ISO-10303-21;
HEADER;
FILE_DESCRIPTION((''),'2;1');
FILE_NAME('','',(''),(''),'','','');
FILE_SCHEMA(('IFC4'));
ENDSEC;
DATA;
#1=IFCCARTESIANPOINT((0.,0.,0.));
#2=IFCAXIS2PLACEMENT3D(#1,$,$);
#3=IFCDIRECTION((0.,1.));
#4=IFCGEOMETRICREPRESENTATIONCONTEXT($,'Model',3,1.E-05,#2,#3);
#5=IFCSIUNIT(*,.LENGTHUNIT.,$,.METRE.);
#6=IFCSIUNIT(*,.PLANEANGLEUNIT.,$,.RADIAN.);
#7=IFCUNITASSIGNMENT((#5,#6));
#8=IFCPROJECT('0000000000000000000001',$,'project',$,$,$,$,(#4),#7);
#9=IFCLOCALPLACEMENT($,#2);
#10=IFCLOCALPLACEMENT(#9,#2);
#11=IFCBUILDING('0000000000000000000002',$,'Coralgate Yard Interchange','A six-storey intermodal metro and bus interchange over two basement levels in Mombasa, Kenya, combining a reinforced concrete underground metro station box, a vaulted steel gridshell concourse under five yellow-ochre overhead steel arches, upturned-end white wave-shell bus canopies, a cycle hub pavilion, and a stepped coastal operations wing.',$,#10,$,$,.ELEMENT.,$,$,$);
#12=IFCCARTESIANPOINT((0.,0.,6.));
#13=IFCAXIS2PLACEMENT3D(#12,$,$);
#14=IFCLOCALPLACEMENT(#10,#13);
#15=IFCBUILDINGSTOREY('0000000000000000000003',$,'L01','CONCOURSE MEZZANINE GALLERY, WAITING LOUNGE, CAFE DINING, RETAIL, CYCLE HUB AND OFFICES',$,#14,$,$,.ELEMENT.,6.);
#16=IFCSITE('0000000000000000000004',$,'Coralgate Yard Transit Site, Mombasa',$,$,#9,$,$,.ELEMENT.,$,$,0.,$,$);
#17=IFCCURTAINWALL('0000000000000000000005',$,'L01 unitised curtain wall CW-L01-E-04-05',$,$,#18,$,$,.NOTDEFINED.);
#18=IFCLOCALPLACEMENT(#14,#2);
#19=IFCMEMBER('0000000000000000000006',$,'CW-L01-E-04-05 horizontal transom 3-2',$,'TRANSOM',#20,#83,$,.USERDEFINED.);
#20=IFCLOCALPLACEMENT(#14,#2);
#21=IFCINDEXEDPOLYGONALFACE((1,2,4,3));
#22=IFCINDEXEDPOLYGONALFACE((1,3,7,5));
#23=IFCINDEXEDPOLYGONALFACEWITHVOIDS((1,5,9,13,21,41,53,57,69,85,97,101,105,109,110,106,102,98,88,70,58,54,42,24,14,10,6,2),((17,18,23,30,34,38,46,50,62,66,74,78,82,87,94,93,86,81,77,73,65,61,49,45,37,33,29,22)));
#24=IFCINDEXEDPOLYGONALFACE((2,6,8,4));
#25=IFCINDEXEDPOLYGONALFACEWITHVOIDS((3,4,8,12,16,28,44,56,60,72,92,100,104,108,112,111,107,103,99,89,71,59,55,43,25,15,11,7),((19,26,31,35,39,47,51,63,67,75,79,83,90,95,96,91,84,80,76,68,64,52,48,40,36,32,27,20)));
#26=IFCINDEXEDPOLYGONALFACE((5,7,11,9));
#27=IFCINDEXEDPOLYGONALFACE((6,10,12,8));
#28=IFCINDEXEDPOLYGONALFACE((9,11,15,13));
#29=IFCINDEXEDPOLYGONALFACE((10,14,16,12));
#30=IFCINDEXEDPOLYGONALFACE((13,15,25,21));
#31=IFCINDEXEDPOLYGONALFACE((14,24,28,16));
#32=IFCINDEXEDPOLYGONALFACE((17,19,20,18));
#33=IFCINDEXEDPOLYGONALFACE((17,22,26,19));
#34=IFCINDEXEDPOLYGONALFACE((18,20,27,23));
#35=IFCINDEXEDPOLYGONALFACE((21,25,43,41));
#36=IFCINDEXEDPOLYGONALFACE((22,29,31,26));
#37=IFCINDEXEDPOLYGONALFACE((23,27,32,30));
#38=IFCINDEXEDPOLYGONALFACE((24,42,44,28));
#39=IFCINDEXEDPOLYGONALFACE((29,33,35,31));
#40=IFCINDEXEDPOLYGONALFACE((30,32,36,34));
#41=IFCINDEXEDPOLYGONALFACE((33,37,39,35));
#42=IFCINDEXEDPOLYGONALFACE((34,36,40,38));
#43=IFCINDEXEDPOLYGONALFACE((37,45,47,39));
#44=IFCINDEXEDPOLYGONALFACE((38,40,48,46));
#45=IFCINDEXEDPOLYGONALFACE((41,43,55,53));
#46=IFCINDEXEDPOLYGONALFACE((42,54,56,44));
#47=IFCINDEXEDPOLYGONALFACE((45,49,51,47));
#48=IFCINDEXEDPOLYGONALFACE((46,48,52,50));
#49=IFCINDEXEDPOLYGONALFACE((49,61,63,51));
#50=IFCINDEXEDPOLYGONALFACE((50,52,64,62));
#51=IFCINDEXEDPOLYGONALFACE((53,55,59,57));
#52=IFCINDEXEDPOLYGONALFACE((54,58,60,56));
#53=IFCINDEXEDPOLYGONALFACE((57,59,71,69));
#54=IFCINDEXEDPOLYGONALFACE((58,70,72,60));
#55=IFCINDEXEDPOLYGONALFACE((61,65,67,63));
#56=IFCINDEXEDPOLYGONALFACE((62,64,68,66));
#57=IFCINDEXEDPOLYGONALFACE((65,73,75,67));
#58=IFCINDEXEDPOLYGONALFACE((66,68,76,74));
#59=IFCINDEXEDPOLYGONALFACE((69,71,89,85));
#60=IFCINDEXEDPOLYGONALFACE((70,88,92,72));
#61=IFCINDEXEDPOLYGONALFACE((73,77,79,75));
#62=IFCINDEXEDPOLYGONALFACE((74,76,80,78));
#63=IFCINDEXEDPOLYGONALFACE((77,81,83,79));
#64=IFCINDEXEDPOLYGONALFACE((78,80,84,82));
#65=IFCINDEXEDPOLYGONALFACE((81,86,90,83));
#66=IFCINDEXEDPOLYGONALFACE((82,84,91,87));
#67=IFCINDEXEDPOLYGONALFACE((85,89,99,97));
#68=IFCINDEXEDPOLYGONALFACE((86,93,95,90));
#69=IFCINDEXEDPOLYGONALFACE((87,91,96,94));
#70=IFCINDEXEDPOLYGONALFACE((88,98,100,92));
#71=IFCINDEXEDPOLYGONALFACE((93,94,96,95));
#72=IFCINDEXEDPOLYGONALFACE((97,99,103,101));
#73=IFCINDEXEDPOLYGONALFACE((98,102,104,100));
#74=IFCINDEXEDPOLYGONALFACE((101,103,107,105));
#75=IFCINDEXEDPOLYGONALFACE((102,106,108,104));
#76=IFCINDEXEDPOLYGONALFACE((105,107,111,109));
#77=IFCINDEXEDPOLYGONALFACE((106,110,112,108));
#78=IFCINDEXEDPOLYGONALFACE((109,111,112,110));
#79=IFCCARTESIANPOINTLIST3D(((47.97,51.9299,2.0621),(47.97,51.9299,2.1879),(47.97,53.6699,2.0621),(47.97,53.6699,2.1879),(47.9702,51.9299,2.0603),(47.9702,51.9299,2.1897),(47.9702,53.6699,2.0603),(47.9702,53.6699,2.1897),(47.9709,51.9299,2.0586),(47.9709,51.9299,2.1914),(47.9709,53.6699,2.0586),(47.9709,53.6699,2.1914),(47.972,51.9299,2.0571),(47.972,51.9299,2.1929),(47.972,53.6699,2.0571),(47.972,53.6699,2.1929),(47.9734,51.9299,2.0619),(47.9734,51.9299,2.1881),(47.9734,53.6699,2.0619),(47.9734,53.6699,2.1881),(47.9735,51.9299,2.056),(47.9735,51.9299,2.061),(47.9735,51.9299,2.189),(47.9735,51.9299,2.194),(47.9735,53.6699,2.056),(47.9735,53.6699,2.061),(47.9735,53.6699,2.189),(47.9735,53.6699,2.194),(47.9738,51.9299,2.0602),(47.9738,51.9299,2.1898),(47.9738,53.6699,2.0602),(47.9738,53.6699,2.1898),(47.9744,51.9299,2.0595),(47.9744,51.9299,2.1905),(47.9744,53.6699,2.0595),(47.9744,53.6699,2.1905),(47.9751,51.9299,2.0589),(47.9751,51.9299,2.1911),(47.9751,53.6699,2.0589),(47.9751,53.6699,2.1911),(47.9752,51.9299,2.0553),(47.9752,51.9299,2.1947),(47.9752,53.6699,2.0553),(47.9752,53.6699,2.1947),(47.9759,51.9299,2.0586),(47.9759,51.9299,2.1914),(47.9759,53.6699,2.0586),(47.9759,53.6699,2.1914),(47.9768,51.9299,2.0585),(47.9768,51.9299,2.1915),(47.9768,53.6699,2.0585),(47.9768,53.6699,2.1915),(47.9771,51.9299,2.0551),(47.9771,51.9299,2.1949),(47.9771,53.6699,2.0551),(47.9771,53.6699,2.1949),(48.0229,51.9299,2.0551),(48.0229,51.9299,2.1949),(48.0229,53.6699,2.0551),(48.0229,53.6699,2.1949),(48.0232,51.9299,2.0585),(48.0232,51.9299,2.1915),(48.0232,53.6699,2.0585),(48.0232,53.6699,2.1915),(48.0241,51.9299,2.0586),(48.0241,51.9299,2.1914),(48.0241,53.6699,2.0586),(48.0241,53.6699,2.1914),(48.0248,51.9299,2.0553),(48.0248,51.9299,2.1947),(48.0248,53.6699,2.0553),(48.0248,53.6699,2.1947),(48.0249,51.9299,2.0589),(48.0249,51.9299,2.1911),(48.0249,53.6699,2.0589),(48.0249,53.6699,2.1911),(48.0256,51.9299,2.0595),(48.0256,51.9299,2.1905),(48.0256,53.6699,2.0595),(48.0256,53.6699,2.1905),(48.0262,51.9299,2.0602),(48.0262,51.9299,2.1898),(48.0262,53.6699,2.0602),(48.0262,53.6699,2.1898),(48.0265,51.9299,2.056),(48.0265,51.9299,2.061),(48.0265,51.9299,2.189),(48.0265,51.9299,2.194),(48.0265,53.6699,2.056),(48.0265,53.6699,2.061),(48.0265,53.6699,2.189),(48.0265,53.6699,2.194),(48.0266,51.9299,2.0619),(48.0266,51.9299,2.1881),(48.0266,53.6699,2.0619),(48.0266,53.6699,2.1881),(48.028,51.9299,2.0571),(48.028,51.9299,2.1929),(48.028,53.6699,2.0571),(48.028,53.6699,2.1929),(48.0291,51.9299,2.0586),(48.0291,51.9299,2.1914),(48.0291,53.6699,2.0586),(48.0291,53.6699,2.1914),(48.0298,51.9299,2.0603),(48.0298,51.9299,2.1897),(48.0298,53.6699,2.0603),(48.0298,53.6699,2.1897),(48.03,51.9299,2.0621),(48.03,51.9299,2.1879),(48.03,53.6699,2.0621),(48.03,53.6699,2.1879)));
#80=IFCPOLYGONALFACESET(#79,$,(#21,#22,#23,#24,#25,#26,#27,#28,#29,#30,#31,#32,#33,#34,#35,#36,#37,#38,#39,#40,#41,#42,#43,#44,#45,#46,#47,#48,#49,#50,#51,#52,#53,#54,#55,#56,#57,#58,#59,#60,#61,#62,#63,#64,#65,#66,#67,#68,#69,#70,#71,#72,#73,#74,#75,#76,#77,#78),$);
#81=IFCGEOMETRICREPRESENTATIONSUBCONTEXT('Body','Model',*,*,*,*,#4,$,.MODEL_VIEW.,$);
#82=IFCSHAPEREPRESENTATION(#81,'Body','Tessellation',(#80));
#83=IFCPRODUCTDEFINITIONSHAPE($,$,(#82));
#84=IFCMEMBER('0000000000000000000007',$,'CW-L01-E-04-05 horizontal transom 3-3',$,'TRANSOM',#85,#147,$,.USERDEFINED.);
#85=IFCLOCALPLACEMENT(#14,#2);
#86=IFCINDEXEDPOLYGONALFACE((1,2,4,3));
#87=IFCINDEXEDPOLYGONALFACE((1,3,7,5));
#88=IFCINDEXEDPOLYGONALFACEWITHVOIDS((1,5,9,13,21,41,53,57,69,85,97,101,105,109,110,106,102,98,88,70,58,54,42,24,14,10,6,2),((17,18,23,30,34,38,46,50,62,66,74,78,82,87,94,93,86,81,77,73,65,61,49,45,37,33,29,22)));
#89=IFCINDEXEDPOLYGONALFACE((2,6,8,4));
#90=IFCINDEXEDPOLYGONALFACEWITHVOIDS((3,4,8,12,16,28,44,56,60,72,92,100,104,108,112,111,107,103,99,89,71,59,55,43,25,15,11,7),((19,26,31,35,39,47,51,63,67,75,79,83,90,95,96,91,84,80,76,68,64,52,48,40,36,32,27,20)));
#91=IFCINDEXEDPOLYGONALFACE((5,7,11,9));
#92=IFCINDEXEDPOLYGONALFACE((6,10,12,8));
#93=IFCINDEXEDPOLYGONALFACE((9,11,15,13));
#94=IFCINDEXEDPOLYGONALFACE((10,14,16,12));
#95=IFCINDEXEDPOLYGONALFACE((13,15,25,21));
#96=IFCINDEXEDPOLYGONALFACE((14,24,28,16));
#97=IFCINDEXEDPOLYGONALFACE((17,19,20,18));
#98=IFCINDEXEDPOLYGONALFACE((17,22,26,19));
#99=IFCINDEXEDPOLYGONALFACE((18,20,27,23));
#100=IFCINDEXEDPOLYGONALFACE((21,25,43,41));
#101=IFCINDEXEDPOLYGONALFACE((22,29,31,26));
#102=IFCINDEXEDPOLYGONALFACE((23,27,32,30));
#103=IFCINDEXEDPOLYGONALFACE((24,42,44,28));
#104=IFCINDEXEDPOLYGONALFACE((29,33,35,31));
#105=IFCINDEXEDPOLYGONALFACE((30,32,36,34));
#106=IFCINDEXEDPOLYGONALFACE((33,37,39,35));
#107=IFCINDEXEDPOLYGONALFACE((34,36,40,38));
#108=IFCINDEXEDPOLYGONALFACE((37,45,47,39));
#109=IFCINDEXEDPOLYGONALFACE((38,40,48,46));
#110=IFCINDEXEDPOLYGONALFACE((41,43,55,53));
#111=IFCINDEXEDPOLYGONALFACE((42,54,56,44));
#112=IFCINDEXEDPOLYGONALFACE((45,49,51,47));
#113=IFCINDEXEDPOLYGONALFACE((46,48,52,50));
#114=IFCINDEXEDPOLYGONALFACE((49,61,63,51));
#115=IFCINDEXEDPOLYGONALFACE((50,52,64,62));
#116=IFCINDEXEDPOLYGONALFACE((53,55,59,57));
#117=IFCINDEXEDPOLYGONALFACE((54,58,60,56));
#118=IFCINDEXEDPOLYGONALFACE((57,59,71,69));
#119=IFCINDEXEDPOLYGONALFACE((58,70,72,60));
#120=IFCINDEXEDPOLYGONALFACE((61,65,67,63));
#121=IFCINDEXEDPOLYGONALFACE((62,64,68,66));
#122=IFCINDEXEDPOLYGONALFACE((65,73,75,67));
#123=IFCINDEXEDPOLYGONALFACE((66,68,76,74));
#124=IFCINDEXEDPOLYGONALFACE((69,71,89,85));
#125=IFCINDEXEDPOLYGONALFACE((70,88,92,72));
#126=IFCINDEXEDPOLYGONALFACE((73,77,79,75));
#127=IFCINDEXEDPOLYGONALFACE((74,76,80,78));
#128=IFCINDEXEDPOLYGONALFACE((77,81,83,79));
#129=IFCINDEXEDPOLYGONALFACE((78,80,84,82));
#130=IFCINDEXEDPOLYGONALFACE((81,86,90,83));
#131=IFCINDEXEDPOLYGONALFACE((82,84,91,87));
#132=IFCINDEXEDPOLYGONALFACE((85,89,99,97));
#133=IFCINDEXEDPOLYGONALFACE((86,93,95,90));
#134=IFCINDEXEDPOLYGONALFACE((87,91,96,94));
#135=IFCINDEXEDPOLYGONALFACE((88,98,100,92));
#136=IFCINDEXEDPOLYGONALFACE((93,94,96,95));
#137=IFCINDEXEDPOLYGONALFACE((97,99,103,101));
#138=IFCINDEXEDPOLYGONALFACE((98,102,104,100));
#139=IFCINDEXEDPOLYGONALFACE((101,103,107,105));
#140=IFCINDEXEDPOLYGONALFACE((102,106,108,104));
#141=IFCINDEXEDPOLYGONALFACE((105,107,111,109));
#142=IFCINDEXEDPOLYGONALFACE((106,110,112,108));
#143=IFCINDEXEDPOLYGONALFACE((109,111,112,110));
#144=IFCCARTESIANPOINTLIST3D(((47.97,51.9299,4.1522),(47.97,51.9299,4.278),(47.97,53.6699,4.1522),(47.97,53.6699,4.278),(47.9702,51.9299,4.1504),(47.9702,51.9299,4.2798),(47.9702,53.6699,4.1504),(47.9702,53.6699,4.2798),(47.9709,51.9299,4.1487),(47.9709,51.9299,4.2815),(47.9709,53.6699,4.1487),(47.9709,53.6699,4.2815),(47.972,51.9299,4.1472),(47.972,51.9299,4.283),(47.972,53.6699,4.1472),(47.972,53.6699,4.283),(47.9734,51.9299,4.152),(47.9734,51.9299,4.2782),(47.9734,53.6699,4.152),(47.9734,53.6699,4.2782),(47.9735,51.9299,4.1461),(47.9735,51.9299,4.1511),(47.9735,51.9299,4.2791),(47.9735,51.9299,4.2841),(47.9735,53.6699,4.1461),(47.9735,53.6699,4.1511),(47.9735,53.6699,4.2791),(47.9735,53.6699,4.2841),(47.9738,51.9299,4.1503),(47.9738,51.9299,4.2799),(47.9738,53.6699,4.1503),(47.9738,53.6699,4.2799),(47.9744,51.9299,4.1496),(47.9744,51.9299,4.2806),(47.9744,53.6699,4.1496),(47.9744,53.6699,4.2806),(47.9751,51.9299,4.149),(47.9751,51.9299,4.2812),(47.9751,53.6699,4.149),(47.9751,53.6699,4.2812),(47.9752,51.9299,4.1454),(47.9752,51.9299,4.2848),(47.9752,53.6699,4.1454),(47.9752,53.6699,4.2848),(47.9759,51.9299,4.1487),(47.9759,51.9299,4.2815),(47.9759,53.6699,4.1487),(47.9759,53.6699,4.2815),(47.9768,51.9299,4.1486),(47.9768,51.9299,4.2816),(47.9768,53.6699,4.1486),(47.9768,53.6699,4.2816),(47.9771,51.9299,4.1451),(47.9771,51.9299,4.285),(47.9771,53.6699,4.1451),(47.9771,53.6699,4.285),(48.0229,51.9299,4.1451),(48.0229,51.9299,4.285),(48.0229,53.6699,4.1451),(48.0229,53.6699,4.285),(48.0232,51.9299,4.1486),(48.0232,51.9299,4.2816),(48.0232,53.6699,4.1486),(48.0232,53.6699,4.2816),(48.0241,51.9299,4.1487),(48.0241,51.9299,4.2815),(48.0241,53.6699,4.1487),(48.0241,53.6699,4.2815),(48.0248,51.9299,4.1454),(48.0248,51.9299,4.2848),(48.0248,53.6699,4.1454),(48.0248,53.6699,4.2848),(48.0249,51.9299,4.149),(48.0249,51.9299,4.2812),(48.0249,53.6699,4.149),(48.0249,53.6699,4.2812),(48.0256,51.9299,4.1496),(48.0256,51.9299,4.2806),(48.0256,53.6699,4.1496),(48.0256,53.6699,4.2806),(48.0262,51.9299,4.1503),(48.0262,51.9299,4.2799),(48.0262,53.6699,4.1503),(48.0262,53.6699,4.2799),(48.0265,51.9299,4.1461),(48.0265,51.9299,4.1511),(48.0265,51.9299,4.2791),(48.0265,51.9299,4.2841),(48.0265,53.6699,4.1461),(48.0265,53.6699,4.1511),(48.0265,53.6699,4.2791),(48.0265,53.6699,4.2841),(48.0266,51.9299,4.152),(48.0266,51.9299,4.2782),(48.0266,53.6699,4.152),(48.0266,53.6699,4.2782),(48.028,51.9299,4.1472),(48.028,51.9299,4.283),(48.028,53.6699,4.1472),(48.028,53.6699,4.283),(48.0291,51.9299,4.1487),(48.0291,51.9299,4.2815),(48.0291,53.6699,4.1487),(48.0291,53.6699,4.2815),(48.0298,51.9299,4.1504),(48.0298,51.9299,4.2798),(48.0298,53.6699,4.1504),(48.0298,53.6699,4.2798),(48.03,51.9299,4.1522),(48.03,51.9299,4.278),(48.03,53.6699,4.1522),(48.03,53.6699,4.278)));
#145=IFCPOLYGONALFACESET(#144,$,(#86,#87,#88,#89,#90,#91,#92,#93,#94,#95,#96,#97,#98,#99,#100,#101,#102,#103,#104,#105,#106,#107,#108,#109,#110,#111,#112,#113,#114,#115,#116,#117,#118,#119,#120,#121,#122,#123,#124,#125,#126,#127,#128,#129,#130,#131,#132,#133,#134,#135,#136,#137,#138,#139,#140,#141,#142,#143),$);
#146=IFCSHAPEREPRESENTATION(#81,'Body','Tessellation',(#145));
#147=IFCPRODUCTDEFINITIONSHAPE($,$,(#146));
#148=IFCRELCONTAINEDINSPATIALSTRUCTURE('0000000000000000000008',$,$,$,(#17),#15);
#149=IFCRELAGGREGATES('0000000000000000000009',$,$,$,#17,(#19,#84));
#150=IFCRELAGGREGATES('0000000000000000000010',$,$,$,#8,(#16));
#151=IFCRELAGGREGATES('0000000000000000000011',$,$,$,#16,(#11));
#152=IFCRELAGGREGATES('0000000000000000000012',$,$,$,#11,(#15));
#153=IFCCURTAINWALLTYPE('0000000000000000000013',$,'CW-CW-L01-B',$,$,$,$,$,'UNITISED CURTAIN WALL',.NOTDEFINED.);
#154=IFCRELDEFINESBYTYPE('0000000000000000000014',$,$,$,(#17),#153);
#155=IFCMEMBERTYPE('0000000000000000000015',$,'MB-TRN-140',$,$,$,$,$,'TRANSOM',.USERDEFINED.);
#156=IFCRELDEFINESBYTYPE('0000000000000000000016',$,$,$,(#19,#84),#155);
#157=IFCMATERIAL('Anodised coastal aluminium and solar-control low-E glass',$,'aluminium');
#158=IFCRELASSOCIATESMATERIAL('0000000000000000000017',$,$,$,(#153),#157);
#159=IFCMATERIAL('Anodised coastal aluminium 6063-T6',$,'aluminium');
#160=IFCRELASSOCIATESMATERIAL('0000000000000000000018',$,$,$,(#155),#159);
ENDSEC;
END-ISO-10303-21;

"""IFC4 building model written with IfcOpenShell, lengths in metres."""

from ifc_helpers import new_model, si_unit, direction, frame, origin, origin_2d, place, context, subcontext, project, spatial, hollow_rectangle, extrude, material, material_profile, profile_set, type_object, element, aggregate, save


model = new_model("IFC4")

# Units and contexts
model_context = context("Model", 3, precision=1e-05, world=origin(), true_north=direction((0.0, 1.0)))
body_context = subcontext(model_context, "Body", "Model", "MODEL_VIEW")
ifc_project = project(units=[si_unit("LENGTHUNIT", "METRE"), si_unit("PLANEANGLEUNIT", "RADIAN")], contexts=[model_context])

# Site, building, storey
site_placement = place(None, origin())
site = spatial("IfcSite", under=ifc_project, at=site_placement, Name="Coralgate Yard Transit Site, Mombasa", CompositionType="ELEMENT", RefElevation=0.0)
building_placement = place(site_placement, origin())
building = spatial("IfcBuilding", under=site, at=building_placement, Name="Coralgate Yard Interchange", Description="A six-storey intermodal metro and bus interchange over two basement levels in Mombasa, Kenya, combining a reinforced concrete underground metro station box, a vaulted steel gridshell concourse under five yellow-ochre overhead steel arches, upturned-end white wave-shell bus canopies, a cycle hub pavilion, and a stepped coastal operations wing.", CompositionType="ELEMENT")
storey_placement = place(building_placement, frame((0.0, 0.0, 6.0)))
storey = spatial("IfcBuildingStorey", under=building, at=storey_placement, Name="L01", Description="CONCOURSE MEZZANINE GALLERY, WAITING LOUNGE, CAFE DINING, RETAIL, CYCLE HUB AND OFFICES", CompositionType="ELEMENT", Elevation=6.0)

# Curtain wall, members
ifc_material_1 = material(Name="Anodised coastal aluminium and solar-control low-E glass", Category="aluminium")
curtain_wall_type = type_object("IfcCurtainWallType", Name="CW-CW-L01-B", ElementType="UNITISED CURTAIN WALL", PredefinedType="NOTDEFINED", material=ifc_material_1)
curtain_wall_placement = place(storey_placement, origin())
curtain_wall = element("IfcCurtainWall", 1, at=curtain_wall_placement, inside=storey, type_object=curtain_wall_type, Name="L01 unitised curtain wall CW-L01-E-04-05", PredefinedType="NOTDEFINED")
ifc_material_2 = material(Name="Anodised coastal aluminium 6063-T6", Category="aluminium")
ifc_material_profile_1 = material_profile(ifc_material_2, hollow_rectangle(XDim=0.0601, YDim=0.1399, WallThickness=0.0034, InnerFilletRadius=0.0034, OuterFilletRadius=0.0071, at=origin_2d()), Name="ALU 60x140x3.5")
ifc_profile_set_1 = profile_set([ifc_material_profile_1], Name="Anodised coastal aluminium 6063-T6")
member_type_1 = type_object("IfcMemberType", Name="MB-TRN-140", ElementType="TRANSOM", PredefinedType="USERDEFINED", material=ifc_profile_set_1)
member_1_placement = place(storey_placement, frame((48.0, 53.6699, 2.125), z_axis=(0.0, -1.0, 0.0), x_axis=(1.0, 0.0, 0.0)))
member_1 = element("IfcMember", 2, at=member_1_placement, type_object=member_type_1, Name="CW-L01-E-04-05 horizontal transom 3-2", ObjectType="TRANSOM", PredefinedType="USERDEFINED", context=body_context, shape_type="SweptSolid", body=[
    extrude(hollow_rectangle(XDim=0.0601, YDim=0.1399, WallThickness=0.0034, InnerFilletRadius=0.0034, OuterFilletRadius=0.0071, at=origin_2d()), origin(), (0.0, 0.0, 1.0), 1.74),
])
member_2_placement = place(storey_placement, frame((48.0, 53.6699, 4.2151), z_axis=(0.0, -1.0, 0.0), x_axis=(1.0, 0.0, 0.0)))
member_2 = element("IfcMember", 3, at=member_2_placement, type_object=member_type_1, Name="CW-L01-E-04-05 horizontal transom 3-3", ObjectType="TRANSOM", PredefinedType="USERDEFINED", context=body_context, shape_type="SweptSolid", body=[
    extrude(hollow_rectangle(XDim=0.0601, YDim=0.1399, WallThickness=0.0034, InnerFilletRadius=0.0034, OuterFilletRadius=0.0071, at=origin_2d()), origin(), (0.0, 0.0, 1.0), 1.74),
])
aggregate(curtain_wall, [member_1, member_2])

save(model, "model.ifc")
